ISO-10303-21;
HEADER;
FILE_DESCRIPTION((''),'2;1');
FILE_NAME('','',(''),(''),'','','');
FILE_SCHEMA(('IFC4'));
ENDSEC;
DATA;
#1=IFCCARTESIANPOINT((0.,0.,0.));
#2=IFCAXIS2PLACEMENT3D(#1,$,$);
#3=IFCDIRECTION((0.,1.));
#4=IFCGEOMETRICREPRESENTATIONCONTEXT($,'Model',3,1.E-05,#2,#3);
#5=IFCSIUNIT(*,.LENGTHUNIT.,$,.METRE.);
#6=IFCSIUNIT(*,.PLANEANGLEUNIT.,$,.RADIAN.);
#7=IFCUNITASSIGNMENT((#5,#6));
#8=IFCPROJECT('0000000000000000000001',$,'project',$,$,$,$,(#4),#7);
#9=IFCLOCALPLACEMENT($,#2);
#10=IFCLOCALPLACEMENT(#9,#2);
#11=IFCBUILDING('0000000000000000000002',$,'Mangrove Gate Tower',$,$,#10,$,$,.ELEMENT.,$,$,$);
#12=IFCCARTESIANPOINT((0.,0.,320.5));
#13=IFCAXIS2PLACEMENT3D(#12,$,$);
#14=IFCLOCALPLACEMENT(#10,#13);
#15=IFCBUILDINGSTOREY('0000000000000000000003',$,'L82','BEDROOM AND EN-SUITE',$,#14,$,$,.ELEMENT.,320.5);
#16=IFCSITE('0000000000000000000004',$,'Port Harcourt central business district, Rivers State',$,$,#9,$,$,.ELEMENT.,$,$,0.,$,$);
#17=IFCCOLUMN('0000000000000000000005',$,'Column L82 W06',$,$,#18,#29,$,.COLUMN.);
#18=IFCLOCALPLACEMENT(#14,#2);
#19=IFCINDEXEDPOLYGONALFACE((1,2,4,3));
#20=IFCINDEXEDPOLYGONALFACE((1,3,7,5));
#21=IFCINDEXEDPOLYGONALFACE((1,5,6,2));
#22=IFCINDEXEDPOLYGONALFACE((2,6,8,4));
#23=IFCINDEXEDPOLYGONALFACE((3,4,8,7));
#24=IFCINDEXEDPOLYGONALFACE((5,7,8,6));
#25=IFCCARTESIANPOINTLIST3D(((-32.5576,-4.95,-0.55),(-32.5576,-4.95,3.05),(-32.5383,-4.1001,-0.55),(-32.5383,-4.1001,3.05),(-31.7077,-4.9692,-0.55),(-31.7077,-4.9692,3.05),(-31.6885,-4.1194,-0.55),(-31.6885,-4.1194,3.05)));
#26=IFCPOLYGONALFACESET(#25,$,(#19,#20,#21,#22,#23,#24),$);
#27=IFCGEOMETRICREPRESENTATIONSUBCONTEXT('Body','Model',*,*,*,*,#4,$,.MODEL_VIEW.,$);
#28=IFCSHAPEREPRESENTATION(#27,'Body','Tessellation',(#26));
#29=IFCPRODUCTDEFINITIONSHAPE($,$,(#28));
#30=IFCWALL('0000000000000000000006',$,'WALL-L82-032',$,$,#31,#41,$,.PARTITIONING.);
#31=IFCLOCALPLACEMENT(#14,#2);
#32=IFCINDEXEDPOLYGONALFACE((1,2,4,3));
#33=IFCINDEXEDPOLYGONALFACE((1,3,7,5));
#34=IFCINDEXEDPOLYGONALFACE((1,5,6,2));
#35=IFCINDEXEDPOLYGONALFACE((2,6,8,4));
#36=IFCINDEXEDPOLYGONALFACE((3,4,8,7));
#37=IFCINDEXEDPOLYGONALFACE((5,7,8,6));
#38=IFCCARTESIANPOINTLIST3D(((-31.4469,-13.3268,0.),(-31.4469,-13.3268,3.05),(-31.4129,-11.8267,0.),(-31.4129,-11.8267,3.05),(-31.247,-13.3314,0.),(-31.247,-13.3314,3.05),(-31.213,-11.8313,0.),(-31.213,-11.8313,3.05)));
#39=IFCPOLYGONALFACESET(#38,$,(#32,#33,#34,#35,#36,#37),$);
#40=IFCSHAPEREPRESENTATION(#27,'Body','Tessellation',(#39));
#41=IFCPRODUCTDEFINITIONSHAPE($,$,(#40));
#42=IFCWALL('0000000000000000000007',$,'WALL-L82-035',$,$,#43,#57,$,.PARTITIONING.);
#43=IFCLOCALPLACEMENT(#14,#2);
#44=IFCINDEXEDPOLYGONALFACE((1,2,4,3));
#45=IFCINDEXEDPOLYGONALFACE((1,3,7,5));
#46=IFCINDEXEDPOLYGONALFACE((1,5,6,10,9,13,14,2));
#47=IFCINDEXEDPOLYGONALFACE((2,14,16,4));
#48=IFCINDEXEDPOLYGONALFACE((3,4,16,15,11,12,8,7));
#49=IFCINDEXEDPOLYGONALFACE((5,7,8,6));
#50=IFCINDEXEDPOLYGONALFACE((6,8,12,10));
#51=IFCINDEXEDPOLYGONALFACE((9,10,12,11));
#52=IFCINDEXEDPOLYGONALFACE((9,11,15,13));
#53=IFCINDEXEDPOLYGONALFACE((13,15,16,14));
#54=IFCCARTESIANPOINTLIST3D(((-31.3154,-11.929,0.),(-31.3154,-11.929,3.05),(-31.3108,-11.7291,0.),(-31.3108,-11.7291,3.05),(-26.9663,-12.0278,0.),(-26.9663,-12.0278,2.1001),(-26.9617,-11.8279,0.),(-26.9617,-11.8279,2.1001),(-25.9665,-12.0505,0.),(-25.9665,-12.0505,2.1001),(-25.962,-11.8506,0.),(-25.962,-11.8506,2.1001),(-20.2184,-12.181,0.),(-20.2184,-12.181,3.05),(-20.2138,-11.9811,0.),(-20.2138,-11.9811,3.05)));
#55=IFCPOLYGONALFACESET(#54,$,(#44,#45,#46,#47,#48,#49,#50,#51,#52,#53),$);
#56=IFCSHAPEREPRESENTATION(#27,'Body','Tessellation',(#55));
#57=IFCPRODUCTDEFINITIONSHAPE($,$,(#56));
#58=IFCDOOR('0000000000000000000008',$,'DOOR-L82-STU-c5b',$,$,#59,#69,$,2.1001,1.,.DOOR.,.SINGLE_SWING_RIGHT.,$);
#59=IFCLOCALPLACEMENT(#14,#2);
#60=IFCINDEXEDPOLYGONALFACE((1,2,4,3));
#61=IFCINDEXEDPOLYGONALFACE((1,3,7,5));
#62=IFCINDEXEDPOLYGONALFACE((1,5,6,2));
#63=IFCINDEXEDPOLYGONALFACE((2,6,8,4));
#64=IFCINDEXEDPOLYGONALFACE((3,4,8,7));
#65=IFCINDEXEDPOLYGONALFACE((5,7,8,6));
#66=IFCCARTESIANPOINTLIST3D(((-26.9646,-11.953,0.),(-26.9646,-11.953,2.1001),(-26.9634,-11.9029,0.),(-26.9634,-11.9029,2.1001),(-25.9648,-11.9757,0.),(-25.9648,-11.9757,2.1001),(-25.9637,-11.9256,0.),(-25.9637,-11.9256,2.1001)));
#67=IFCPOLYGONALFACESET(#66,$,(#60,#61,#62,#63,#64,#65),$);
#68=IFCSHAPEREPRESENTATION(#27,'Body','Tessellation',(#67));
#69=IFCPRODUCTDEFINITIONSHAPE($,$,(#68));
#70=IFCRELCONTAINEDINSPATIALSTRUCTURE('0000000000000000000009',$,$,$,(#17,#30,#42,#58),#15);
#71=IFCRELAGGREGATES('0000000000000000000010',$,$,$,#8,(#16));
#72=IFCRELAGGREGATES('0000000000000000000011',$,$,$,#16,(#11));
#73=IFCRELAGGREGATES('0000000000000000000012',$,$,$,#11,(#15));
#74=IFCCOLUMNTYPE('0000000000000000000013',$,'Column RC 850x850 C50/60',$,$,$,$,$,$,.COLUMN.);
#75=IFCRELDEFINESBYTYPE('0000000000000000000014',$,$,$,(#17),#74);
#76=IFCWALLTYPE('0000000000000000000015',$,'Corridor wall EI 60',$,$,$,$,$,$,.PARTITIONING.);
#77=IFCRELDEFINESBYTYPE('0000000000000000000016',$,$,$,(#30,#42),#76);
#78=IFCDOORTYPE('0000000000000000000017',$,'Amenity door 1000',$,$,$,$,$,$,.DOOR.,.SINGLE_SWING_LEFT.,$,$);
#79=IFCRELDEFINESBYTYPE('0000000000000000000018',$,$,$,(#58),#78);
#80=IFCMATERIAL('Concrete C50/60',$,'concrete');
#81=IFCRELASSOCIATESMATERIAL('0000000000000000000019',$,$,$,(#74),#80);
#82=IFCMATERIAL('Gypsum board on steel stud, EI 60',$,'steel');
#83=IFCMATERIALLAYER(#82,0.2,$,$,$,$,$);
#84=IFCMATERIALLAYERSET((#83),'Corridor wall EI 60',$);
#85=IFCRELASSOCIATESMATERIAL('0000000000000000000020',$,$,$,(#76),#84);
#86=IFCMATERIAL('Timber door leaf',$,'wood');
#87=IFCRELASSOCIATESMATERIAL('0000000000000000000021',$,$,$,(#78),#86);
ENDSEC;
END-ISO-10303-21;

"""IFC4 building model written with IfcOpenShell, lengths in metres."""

from ifc_helpers import new_model, si_unit, direction, frame, frame_2d, origin, origin_2d, place, context, subcontext, project, spatial, rectangle, extrude, material, layer, layer_set, material_profile, profile_set, type_object, element, fill, save


model = new_model("IFC4")

# Units and contexts
model_context = context("Model", 3, precision=1e-05, world=origin(), true_north=direction((0.0, 1.0)))
body_context = subcontext(model_context, "Body", "Model", "MODEL_VIEW")
ifc_project = project(units=[si_unit("LENGTHUNIT", "METRE"), si_unit("PLANEANGLEUNIT", "RADIAN")], contexts=[model_context])

# Site, building, storey
site_placement = place(None, origin())
site = spatial("IfcSite", under=ifc_project, at=site_placement, Name="Port Harcourt central business district, Rivers State", CompositionType="ELEMENT", RefElevation=0.0)
building_placement = place(site_placement, origin())
building = spatial("IfcBuilding", under=site, at=building_placement, Name="Mangrove Gate Tower", CompositionType="ELEMENT")
storey_placement = place(building_placement, frame((0.0, 0.0, 320.5)))
storey = spatial("IfcBuildingStorey", under=building, at=storey_placement, Name="L82", Description="BEDROOM AND EN-SUITE", CompositionType="ELEMENT", Elevation=320.5)

# Column
ifc_material_1 = material(Name="Concrete C50/60", Category="concrete")
ifc_material_profile = material_profile(ifc_material_1, rectangle(XDim=0.8501, YDim=0.8501, at=origin_2d()))
ifc_profile_set = profile_set([ifc_material_profile], Name="Concrete C50/60")
column_type = type_object("IfcColumnType", Name="Column RC 850x850 C50/60", PredefinedType="COLUMN", material=ifc_profile_set)
column_placement = place(storey_placement, frame((-32.123, -4.5347, -0.55), z_axis=(0.0, 0.0, 1.0), x_axis=(-0.02268, -0.999743, 0.0)))
element("IfcColumn", 1, at=column_placement, inside=storey, type_object=column_type, Name="Column L82 W06", PredefinedType="COLUMN", context=body_context, shape_type="SweptSolid", body=[
    extrude(rectangle(XDim=0.8501, YDim=0.8501, at=origin_2d()), origin(), (0.0, 0.0, 1.0), 3.6001),
])

# Shared definitions
ifc_material_2 = material(Name="Gypsum board on steel stud, EI 60", Category="steel")
ifc_layer = layer(ifc_material_2, 0.2)
ifc_layer_set = layer_set([ifc_layer], Name="Corridor wall EI 60")
wall_type = type_object("IfcWallType", Name="Corridor wall EI 60", PredefinedType="PARTITIONING", material=ifc_layer_set)
ifc_material_3 = material(Name="Timber door leaf", Category="wood")
door_type_1 = type_object("IfcDoorType", Name="Amenity door 1000", OperationType="SINGLE_SWING_LEFT", PredefinedType="DOOR", material=ifc_material_3)

# Wall
wall_1_placement = place(storey_placement, frame((-31.3469, -13.3291, 0.0), z_axis=(0.0, 0.0, 1.0), x_axis=(0.022618, 0.999744, 0.0)))
element("IfcWall", 2, at=wall_1_placement, inside=storey, type_object=wall_type, Name="WALL-L82-032", PredefinedType="PARTITIONING", context=body_context, shape_type="SweptSolid", body=[
    extrude(rectangle(XDim=1.5005, YDim=0.2, at=frame_2d((0.7502, 0.0))), origin(), (0.0, 0.0, 1.0), 3.05),
])

# Wall, opening, door
wall_2_placement = place(storey_placement, frame((-31.313, -11.8291, 0.0), z_axis=(0.0, 0.0, 1.0), x_axis=(0.999742, -0.022699, 0.0)))
wall_2 = element("IfcWall", 3, at=wall_2_placement, inside=storey, type_object=wall_type, Name="WALL-L82-035", PredefinedType="PARTITIONING", context=body_context, shape_type="SweptSolid", body=[
    extrude(rectangle(XDim=11.0999, YDim=0.2, at=frame_2d((5.5498, 0.0))), origin(), (0.0, 0.0, 1.0), 3.05),
])
opening_1_placement = place(wall_2_placement, frame((4.3501, 0.0, 0.0)))
opening_1 = element("IfcOpeningElement", 4, at=opening_1_placement, cuts=wall_2, PredefinedType="OPENING", context=body_context, shape_type="SweptSolid", body=[
    extrude(rectangle(XDim=1.0, YDim=2.1001, at=frame_2d((0.5, 1.05))), frame((0.0, 0.1099, 0.0), z_axis=(0.0, -1.0, 0.0), x_axis=(1.0, 0.0, 0.0)), (0.0, 0.0, 1.0), 0.22),
])
door_1_placement = place(opening_1_placement, origin())
door_1 = element("IfcDoor", 5, at=door_1_placement, inside=storey, type_object=door_type_1, Name="DOOR-L82-STU-c5b", OperationType="SINGLE_SWING_RIGHT", OverallHeight=2.1001, OverallWidth=1.0, PredefinedType="DOOR", context=body_context, shape_type="SweptSolid", body=[
    extrude(rectangle(XDim=1.0, YDim=2.1001, at=frame_2d((0.5, 1.05))), frame((0.0, 0.0249, 0.0), z_axis=(0.0, -1.0, 0.0), x_axis=(1.0, 0.0, 0.0)), (0.0, 0.0, 1.0), 0.05),
])
fill(opening_1, door_1)

save(model, "model.ifc")
